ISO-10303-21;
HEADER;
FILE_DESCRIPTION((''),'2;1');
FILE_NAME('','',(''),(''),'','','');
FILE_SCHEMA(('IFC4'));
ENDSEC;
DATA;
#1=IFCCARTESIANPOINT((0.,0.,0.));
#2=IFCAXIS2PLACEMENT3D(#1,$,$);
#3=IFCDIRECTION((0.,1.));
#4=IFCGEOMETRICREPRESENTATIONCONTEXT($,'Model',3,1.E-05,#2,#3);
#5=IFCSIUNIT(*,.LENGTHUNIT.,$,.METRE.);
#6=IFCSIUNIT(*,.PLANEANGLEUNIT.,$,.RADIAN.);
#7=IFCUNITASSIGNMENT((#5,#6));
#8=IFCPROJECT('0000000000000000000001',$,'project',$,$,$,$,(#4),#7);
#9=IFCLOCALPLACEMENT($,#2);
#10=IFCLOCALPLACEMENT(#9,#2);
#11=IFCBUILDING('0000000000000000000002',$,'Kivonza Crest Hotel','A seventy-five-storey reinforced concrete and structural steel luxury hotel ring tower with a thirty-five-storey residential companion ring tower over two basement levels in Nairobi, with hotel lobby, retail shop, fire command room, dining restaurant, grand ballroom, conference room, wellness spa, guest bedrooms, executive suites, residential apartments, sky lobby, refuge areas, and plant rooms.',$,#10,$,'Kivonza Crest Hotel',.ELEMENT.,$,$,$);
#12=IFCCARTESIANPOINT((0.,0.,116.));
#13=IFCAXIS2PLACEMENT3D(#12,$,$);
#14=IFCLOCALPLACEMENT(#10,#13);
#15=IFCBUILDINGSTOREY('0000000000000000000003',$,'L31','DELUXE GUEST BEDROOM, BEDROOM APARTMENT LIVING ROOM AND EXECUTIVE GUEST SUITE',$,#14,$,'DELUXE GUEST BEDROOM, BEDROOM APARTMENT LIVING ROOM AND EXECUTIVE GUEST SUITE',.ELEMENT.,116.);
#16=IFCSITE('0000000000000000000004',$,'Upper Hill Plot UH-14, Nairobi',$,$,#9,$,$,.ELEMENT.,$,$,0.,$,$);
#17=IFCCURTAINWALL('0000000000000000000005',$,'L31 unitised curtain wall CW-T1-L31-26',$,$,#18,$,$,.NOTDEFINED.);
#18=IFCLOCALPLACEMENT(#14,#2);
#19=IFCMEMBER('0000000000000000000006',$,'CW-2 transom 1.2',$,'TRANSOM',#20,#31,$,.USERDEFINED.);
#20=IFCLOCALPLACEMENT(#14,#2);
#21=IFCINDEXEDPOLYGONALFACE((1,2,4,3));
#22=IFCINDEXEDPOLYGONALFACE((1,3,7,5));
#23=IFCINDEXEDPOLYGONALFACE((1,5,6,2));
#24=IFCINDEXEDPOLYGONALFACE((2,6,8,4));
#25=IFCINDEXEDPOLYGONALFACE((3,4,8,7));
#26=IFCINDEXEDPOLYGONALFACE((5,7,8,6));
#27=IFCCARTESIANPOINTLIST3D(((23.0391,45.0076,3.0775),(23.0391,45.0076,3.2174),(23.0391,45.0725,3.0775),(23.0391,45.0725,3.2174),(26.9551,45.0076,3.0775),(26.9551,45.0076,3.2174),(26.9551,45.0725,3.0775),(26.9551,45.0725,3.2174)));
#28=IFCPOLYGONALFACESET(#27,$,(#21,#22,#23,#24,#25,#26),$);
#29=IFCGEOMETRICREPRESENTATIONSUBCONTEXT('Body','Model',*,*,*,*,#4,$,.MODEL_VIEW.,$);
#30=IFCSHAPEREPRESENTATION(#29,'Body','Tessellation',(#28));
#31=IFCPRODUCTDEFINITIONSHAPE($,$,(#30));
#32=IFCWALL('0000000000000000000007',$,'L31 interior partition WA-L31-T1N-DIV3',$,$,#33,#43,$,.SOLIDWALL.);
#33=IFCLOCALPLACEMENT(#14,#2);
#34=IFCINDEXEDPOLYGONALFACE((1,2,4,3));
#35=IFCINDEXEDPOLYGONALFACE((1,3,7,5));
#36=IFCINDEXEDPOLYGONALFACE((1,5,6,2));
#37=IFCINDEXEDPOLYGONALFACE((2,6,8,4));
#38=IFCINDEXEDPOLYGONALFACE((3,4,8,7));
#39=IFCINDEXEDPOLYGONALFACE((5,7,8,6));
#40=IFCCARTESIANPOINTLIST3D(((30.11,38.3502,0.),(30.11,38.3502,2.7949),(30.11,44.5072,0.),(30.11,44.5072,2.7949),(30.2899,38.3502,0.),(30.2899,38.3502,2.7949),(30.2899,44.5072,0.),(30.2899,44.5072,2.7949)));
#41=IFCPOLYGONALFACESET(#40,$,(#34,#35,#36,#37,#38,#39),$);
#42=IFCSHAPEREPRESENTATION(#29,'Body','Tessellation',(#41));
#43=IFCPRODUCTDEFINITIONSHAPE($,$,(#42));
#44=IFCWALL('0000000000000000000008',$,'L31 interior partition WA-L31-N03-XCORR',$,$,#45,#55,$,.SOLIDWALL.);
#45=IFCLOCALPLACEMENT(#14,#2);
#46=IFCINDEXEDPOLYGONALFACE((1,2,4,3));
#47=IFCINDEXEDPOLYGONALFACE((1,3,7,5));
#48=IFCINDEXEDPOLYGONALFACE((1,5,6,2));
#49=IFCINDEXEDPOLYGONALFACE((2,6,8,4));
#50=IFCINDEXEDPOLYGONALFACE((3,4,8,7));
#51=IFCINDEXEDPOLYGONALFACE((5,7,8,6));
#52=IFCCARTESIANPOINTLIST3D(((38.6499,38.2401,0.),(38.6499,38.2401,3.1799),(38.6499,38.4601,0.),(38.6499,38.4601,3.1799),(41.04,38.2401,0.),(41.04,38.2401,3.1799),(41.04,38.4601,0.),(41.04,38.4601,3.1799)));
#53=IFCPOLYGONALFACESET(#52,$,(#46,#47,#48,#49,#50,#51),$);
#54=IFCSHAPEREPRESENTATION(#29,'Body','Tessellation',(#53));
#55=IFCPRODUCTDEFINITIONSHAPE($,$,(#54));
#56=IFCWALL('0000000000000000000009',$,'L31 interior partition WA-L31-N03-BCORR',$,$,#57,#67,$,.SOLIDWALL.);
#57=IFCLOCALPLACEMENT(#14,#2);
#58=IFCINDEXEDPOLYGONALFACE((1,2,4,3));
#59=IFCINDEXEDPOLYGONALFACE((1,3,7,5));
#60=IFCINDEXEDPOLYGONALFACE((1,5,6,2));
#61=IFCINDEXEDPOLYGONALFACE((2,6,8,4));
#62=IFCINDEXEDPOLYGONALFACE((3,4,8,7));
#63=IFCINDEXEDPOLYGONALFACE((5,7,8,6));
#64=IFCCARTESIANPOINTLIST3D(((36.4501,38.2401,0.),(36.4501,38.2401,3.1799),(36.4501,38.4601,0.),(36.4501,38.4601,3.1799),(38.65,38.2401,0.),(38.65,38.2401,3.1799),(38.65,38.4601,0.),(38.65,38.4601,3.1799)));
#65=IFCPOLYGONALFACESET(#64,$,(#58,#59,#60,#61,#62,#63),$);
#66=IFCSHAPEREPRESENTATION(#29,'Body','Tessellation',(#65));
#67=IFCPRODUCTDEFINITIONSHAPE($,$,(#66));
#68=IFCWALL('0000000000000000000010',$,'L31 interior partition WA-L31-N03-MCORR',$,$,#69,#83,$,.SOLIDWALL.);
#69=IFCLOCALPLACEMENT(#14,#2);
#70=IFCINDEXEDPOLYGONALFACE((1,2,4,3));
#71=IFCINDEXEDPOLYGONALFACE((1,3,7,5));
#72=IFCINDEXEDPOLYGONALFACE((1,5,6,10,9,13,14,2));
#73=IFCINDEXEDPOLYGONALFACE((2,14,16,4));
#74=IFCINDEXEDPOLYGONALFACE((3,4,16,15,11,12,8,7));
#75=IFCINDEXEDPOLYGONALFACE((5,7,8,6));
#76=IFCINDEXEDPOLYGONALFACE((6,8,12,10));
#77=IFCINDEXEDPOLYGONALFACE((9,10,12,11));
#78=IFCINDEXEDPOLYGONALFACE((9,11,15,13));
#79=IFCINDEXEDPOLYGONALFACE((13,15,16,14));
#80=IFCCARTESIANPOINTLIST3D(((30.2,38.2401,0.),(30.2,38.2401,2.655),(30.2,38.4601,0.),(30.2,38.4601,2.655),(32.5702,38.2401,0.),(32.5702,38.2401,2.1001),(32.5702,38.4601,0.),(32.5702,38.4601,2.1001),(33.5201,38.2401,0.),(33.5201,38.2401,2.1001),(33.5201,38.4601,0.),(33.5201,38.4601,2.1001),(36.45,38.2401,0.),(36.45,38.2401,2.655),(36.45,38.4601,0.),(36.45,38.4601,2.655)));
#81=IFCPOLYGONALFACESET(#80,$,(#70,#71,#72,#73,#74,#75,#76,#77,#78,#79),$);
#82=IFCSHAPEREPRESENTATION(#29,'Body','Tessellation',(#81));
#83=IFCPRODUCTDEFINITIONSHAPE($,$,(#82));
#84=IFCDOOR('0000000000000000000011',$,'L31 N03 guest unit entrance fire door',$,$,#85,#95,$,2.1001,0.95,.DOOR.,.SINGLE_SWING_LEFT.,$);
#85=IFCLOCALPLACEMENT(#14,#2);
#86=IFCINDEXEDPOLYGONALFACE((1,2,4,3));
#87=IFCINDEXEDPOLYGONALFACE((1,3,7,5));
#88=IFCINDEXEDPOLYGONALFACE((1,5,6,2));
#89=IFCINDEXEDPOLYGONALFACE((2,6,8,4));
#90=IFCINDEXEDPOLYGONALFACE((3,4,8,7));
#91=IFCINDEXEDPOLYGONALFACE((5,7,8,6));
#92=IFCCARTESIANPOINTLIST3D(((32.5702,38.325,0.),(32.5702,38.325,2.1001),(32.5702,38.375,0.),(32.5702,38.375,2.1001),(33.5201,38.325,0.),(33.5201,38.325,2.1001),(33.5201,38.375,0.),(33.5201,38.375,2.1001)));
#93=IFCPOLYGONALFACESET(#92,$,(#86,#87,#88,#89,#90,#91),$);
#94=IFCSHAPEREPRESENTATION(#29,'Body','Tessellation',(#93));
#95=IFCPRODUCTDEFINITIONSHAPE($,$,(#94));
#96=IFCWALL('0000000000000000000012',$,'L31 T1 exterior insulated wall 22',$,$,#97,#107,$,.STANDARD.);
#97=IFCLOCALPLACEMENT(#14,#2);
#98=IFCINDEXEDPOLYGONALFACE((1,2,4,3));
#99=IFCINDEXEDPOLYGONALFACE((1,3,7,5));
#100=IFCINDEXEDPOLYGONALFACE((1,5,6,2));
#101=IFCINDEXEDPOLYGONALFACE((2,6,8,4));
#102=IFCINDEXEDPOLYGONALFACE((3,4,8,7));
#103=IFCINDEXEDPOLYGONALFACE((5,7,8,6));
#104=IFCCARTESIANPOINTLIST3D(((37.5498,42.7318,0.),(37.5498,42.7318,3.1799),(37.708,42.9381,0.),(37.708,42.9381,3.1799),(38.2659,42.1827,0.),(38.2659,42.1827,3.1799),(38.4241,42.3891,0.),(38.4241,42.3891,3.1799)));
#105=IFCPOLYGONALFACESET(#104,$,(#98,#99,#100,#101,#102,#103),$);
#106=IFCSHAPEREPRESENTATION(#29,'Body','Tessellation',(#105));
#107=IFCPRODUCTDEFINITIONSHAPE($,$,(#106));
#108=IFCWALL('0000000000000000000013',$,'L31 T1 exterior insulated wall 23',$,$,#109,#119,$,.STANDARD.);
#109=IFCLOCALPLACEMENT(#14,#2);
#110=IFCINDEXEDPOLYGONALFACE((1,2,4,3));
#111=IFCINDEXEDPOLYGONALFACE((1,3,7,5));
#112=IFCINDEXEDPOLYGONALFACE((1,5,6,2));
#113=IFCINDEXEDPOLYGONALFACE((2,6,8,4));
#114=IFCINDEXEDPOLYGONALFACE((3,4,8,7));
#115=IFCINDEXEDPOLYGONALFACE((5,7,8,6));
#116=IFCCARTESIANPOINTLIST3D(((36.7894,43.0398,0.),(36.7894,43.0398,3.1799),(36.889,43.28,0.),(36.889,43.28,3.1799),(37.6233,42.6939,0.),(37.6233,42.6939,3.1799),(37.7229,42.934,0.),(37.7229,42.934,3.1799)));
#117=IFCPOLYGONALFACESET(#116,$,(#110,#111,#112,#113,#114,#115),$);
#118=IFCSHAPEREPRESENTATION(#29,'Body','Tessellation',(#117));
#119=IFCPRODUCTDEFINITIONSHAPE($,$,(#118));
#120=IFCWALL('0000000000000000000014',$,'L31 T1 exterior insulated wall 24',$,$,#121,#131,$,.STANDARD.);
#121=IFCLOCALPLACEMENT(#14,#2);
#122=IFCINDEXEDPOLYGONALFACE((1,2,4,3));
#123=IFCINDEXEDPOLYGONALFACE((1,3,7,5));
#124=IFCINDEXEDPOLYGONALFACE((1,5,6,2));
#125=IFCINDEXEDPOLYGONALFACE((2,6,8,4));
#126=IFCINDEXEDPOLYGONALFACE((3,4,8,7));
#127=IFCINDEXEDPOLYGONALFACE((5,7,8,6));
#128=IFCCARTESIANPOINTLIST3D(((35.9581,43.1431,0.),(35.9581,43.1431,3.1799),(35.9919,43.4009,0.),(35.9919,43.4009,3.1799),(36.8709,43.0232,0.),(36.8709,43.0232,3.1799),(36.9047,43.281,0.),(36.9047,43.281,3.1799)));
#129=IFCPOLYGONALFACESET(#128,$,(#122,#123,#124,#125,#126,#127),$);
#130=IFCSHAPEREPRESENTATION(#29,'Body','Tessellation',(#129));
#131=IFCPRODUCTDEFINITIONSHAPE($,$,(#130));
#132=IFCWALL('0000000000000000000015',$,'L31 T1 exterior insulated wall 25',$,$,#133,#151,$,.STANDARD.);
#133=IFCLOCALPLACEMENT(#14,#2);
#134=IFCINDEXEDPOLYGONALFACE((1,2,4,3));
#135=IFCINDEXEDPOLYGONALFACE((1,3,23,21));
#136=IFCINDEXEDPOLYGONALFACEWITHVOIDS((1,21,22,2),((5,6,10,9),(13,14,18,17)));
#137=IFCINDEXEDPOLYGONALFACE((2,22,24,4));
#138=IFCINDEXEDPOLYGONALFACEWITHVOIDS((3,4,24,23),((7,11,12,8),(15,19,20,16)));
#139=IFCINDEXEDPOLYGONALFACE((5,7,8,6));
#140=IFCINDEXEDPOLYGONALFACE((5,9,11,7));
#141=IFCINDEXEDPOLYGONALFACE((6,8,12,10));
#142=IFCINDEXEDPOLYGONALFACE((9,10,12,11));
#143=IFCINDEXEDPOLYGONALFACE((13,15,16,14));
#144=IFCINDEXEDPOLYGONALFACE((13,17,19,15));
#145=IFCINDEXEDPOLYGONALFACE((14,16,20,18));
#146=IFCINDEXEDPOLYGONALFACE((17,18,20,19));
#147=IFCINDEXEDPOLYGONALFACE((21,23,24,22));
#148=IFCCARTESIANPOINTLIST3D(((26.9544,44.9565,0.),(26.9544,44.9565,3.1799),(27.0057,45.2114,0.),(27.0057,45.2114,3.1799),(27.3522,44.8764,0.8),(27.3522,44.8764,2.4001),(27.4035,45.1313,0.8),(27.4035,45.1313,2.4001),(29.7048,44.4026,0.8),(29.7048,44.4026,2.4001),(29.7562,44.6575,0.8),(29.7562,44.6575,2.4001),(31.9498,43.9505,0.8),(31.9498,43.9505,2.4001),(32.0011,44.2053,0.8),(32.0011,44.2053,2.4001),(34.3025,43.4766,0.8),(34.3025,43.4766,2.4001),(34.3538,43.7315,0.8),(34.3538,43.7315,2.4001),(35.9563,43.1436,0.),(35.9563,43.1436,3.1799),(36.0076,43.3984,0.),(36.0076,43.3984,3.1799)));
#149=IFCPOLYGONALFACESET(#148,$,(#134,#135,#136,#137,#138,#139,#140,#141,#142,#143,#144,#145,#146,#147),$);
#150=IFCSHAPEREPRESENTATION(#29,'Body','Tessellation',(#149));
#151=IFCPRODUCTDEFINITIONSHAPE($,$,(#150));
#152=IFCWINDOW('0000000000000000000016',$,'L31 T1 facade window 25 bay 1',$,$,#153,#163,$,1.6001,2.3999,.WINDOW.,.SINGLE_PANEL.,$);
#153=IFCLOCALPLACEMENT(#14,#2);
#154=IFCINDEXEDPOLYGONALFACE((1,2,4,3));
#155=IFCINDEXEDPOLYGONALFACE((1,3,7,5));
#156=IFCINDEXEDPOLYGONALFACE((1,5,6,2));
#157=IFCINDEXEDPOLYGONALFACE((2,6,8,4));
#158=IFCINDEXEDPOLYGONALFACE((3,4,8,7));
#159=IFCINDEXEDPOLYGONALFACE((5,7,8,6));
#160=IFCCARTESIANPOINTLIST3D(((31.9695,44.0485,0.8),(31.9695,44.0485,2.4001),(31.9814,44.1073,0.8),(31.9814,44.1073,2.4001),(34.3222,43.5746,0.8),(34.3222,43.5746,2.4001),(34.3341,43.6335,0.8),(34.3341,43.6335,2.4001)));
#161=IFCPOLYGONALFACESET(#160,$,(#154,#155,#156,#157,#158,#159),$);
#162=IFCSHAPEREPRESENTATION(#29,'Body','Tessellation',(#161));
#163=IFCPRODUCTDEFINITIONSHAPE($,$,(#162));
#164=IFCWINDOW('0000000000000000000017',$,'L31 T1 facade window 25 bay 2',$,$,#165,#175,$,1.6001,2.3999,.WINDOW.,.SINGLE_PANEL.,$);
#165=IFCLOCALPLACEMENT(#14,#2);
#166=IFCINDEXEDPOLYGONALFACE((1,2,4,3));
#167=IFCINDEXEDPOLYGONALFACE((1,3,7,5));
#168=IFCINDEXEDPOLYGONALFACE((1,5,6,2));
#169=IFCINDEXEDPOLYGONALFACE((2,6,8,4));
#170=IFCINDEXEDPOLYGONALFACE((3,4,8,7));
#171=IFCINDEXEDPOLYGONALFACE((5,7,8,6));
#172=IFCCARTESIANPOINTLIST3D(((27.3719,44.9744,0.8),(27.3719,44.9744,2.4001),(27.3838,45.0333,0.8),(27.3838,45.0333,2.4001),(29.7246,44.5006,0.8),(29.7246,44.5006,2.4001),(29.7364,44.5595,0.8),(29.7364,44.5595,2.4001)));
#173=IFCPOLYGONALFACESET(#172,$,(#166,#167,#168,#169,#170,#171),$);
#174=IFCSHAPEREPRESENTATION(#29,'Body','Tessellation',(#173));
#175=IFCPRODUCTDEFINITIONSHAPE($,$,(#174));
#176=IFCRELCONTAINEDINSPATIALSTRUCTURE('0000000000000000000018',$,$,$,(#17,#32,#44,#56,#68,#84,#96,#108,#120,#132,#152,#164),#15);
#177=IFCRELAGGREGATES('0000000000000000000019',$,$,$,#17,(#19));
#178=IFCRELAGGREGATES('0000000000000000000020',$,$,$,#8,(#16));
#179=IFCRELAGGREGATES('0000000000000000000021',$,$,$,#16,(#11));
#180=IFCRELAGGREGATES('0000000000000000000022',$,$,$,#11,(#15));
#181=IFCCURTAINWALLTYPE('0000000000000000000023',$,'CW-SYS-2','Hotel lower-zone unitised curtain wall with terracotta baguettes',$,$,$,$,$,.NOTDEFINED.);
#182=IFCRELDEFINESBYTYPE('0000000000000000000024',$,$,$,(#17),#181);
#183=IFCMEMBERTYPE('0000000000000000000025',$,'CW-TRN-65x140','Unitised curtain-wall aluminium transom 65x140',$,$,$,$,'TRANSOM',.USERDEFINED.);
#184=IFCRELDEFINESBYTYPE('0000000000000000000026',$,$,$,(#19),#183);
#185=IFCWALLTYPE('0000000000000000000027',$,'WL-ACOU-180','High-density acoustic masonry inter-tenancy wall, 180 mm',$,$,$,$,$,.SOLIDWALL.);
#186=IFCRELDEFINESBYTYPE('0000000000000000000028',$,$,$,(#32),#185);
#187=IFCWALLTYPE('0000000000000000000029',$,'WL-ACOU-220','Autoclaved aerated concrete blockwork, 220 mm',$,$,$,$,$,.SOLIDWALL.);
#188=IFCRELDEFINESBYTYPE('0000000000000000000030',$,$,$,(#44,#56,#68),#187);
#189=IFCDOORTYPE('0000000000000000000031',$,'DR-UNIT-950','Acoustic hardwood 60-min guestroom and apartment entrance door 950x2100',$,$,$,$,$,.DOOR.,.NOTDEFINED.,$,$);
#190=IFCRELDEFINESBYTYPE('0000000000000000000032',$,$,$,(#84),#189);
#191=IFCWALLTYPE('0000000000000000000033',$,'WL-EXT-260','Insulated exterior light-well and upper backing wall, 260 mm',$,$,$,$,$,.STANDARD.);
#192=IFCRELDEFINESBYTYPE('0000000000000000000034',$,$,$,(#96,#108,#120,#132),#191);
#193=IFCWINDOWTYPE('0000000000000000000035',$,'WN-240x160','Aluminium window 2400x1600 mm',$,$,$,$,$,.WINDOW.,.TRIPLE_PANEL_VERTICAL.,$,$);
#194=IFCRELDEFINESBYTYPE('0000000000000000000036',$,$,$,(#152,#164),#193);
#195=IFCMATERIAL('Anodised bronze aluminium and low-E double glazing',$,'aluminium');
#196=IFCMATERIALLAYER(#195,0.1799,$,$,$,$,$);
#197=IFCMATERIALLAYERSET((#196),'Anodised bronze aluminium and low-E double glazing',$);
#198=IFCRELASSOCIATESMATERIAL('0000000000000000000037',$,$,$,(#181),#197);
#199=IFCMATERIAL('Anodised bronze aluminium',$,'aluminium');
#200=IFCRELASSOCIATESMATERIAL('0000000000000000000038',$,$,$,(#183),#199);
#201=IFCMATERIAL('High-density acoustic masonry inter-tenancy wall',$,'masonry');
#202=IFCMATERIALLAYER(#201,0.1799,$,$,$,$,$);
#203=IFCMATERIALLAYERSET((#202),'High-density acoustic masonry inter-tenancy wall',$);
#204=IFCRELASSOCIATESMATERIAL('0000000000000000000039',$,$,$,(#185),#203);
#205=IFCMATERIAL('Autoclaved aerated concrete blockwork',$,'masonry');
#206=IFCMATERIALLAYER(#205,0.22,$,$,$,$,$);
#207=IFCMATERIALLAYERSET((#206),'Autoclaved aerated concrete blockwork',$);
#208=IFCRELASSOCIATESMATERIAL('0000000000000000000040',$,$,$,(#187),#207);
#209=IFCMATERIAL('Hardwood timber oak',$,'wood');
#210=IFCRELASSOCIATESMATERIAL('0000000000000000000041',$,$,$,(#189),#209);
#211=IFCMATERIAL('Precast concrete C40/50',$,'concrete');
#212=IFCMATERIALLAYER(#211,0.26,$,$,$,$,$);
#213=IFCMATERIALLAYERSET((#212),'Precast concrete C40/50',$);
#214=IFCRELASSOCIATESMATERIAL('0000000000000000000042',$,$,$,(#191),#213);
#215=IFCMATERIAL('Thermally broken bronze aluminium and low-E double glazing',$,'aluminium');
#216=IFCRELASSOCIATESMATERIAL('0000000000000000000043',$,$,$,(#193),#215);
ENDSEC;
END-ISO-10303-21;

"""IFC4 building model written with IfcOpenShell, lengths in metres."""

from ifc_helpers import new_model, si_unit, direction, frame, frame_2d, origin, origin_2d, place, context, subcontext, project, spatial, rectangle, extrude, material, layer, layer_set, material_profile, profile_set, type_object, element, fill, aggregate, save


model = new_model("IFC4")

# Units and contexts
model_context = context("Model", 3, precision=1e-05, world=origin(), true_north=direction((0.0, 1.0)))
body_context = subcontext(model_context, "Body", "Model", "MODEL_VIEW")
ifc_project = project(units=[si_unit("LENGTHUNIT", "METRE"), si_unit("PLANEANGLEUNIT", "RADIAN")], contexts=[model_context])

# Site, building, storey
site_placement = place(None, origin())
site = spatial("IfcSite", under=ifc_project, at=site_placement, Name="Upper Hill Plot UH-14, Nairobi", CompositionType="ELEMENT", RefElevation=0.0)
building_placement = place(site_placement, origin())
building = spatial("IfcBuilding", under=site, at=building_placement, Name="Kivonza Crest Hotel", Description="A seventy-five-storey reinforced concrete and structural steel luxury hotel ring tower with a thirty-five-storey residential companion ring tower over two basement levels in Nairobi, with hotel lobby, retail shop, fire command room, dining restaurant, grand ballroom, conference room, wellness spa, guest bedrooms, executive suites, residential apartments, sky lobby, refuge areas, and plant rooms.", LongName="Kivonza Crest Hotel", CompositionType="ELEMENT")
storey_placement = place(building_placement, frame((0.0, 0.0, 116.0)))
storey = spatial("IfcBuildingStorey", under=building, at=storey_placement, Name="L31", Description="DELUXE GUEST BEDROOM, BEDROOM APARTMENT LIVING ROOM AND EXECUTIVE GUEST SUITE", LongName="DELUXE GUEST BEDROOM, BEDROOM APARTMENT LIVING ROOM AND EXECUTIVE GUEST SUITE", CompositionType="ELEMENT", Elevation=116.0)

# Curtain wall, member
ifc_material_1 = material(Name="Anodised bronze aluminium and low-E double glazing", Category="aluminium")
ifc_layer_1 = layer(ifc_material_1, 0.1799)
ifc_layer_set_1 = layer_set([ifc_layer_1], Name="Anodised bronze aluminium and low-E double glazing")
curtain_wall_type = type_object("IfcCurtainWallType", Name="CW-SYS-2", Description="Hotel lower-zone unitised curtain wall with terracotta baguettes", PredefinedType="NOTDEFINED", material=ifc_layer_set_1)
curtain_wall_placement = place(storey_placement, origin())
curtain_wall = element("IfcCurtainWall", 1, at=curtain_wall_placement, inside=storey, type_object=curtain_wall_type, Name="L31 unitised curtain wall CW-T1-L31-26", PredefinedType="NOTDEFINED")
ifc_material_2 = material(Name="Anodised bronze aluminium", Category="aluminium")
ifc_material_profile_1 = material_profile(ifc_material_2, rectangle(XDim=0.0649, YDim=0.1399, at=origin_2d()), Name="CW-T 65x140")
ifc_profile_set_1 = profile_set([ifc_material_profile_1], Name="Anodised bronze aluminium")
member_type_1 = type_object("IfcMemberType", Name="CW-TRN-65x140", Description="Unitised curtain-wall aluminium transom 65x140", ElementType="TRANSOM", PredefinedType="USERDEFINED", material=ifc_profile_set_1)
member_1_placement = place(storey_placement, frame((26.9551, 45.04, 3.1475), z_axis=(-1.0, 0.0, 0.0), x_axis=(0.0, -1.0, 0.0)))
member_1 = element("IfcMember", 2, at=member_1_placement, type_object=member_type_1, Name="CW-2 transom 1.2", ObjectType="TRANSOM", PredefinedType="USERDEFINED", context=body_context, shape_type="SweptSolid", body=[
    extrude(rectangle(XDim=0.0649, YDim=0.1399, at=origin_2d()), origin(), (0.0, 0.0, 1.0), 3.916),
])
aggregate(curtain_wall, [member_1])

# Walls
ifc_material_3 = material(Name="High-density acoustic masonry inter-tenancy wall", Category="masonry")
ifc_layer_2 = layer(ifc_material_3, 0.1799)
ifc_layer_set_2 = layer_set([ifc_layer_2], Name="High-density acoustic masonry inter-tenancy wall")
wall_type_1 = type_object("IfcWallType", Name="WL-ACOU-180", Description="High-density acoustic masonry inter-tenancy wall, 180 mm", PredefinedType="SOLIDWALL", material=ifc_layer_set_2)
wall_1_placement = place(storey_placement, frame((30.2, 38.3501, 0.0), z_axis=(0.0, 0.0, 1.0), x_axis=(0.0, 1.0, 0.0)))
element("IfcWall", 3, at=wall_1_placement, inside=storey, type_object=wall_type_1, Name="L31 interior partition WA-L31-T1N-DIV3", PredefinedType="SOLIDWALL", context=body_context, shape_type="SweptSolid", body=[
    extrude(rectangle(XDim=6.157, YDim=0.1799, at=frame_2d((3.0786, 0.0))), origin(), (0.0, 0.0, 1.0), 2.7949),
])
ifc_material_4 = material(Name="Autoclaved aerated concrete blockwork", Category="masonry")
ifc_layer_3 = layer(ifc_material_4, 0.22)
ifc_layer_set_3 = layer_set([ifc_layer_3], Name="Autoclaved aerated concrete blockwork")
wall_type_2 = type_object("IfcWallType", Name="WL-ACOU-220", Description="Autoclaved aerated concrete blockwork, 220 mm", PredefinedType="SOLIDWALL", material=ifc_layer_set_3)
wall_2_placement = place(storey_placement, frame((38.6499, 38.3501, 0.0), z_axis=(0.0, 0.0, 1.0), x_axis=(1.0, 0.0, 0.0)))
element("IfcWall", 4, at=wall_2_placement, inside=storey, type_object=wall_type_2, Name="L31 interior partition WA-L31-N03-XCORR", PredefinedType="SOLIDWALL", context=body_context, shape_type="SweptSolid", body=[
    extrude(rectangle(XDim=2.3901, YDim=0.22, at=frame_2d((1.1951, 0.0))), origin(), (0.0, 0.0, 1.0), 3.1799),
])
wall_3_placement = place(storey_placement, frame((36.45, 38.3501, 0.0), z_axis=(0.0, 0.0, 1.0), x_axis=(1.0, 0.0, 0.0)))
element("IfcWall", 5, at=wall_3_placement, inside=storey, type_object=wall_type_2, Name="L31 interior partition WA-L31-N03-BCORR", PredefinedType="SOLIDWALL", context=body_context, shape_type="SweptSolid", body=[
    extrude(rectangle(XDim=2.2, YDim=0.22, at=frame_2d((1.1001, 0.0))), origin(), (0.0, 0.0, 1.0), 3.1799),
])

# Wall, opening, door
wall_4_placement = place(storey_placement, frame((30.2, 38.3501, 0.0), z_axis=(0.0, 0.0, 1.0), x_axis=(1.0, 0.0, 0.0)))
wall_4 = element("IfcWall", 6, at=wall_4_placement, inside=storey, type_object=wall_type_2, Name="L31 interior partition WA-L31-N03-MCORR", PredefinedType="SOLIDWALL", context=body_context, shape_type="SweptSolid", body=[
    extrude(rectangle(XDim=6.25, YDim=0.22, at=frame_2d((3.125, 0.0))), origin(), (0.0, 0.0, 1.0), 2.655),
])
opening_1_placement = place(wall_4_placement, frame((2.3701, 0.0, 0.0)))
opening_1 = element("IfcOpeningElement", 7, at=opening_1_placement, cuts=wall_4, PredefinedType="OPENING", context=body_context, shape_type="SweptSolid", body=[
    extrude(rectangle(XDim=0.95, YDim=2.1001, at=frame_2d((0.4751, 1.05))), frame((0.0, 0.1201, 0.0), z_axis=(0.0, -1.0, 0.0), x_axis=(1.0, 0.0, 0.0)), (0.0, 0.0, 1.0), 0.24),
])
ifc_material_5 = material(Name="Hardwood timber oak", Category="wood")
door_type_1 = type_object("IfcDoorType", Name="DR-UNIT-950", Description="Acoustic hardwood 60-min guestroom and apartment entrance door 950x2100", OperationType="NOTDEFINED", PredefinedType="DOOR", material=ifc_material_5)
door_1_placement = place(opening_1_placement, origin())
door_1 = element("IfcDoor", 8, at=door_1_placement, inside=storey, type_object=door_type_1, Name="L31 N03 guest unit entrance fire door", OperationType="SINGLE_SWING_LEFT", OverallHeight=2.1001, OverallWidth=0.95, PredefinedType="DOOR", context=body_context, shape_type="SweptSolid", body=[
    extrude(rectangle(XDim=0.95, YDim=2.1001, at=frame_2d((0.4751, 1.05))), frame((0.0, 0.0249, 0.0), z_axis=(0.0, -1.0, 0.0), x_axis=(1.0, 0.0, 0.0)), (0.0, 0.0, 1.0), 0.05),
])
fill(opening_1, door_1)

# Walls
ifc_material_6 = material(Name="Precast concrete C40/50", Category="concrete")
ifc_layer_4 = layer(ifc_material_6, 0.26)
ifc_layer_set_4 = layer_set([ifc_layer_4], Name="Precast concrete C40/50")
wall_type_3 = type_object("IfcWallType", Name="WL-EXT-260", Description="Insulated exterior light-well and upper backing wall, 260 mm", PredefinedType="STANDARD", material=ifc_layer_set_4)
wall_5_placement = place(storey_placement, frame((38.345, 42.2859, 0.0), z_axis=(0.0, 0.0, 1.0), x_axis=(-0.793558, 0.608494, 0.0)))
element("IfcWall", 9, at=wall_5_placement, inside=storey, type_object=wall_type_3, Name="L31 T1 exterior insulated wall 22", PredefinedType="STANDARD", context=body_context, shape_type="SweptSolid", body=[
    extrude(rectangle(XDim=0.9023, YDim=0.26, at=frame_2d((0.4512, 0.0))), origin(), (0.0, 0.0, 1.0), 3.1799),
])
wall_6_placement = place(storey_placement, frame((37.6731, 42.814, 0.0), z_axis=(0.0, 0.0, 1.0), x_axis=(-0.923684, 0.383156, 0.0)))
element("IfcWall", 10, at=wall_6_placement, inside=storey, type_object=wall_type_3, Name="L31 T1 exterior insulated wall 23", PredefinedType="STANDARD", context=body_context, shape_type="SweptSolid", body=[
    extrude(rectangle(XDim=0.9028, YDim=0.26, at=frame_2d((0.4514, 0.0))), origin(), (0.0, 0.0, 1.0), 3.1799),
])
wall_7_placement = place(storey_placement, frame((36.8879, 43.1521, 0.0), z_axis=(0.0, 0.0, 1.0), x_axis=(-0.991488, 0.130201, 0.0)))
element("IfcWall", 11, at=wall_7_placement, inside=storey, type_object=wall_type_3, Name="L31 T1 exterior insulated wall 24", PredefinedType="STANDARD", context=body_context, shape_type="SweptSolid", body=[
    extrude(rectangle(XDim=0.9207, YDim=0.26, at=frame_2d((0.4604, 0.0))), origin(), (0.0, 0.0, 1.0), 3.1799),
])

# Wall, openings, windows
wall_8_placement = place(storey_placement, frame((35.9819, 43.271, 0.0), z_axis=(0.0, 0.0, 1.0), x_axis=(-0.980316, 0.197435, 0.0)))
wall_8 = element("IfcWall", 12, at=wall_8_placement, inside=storey, type_object=wall_type_3, Name="L31 T1 exterior insulated wall 25", PredefinedType="STANDARD", context=body_context, shape_type="SweptSolid", body=[
    extrude(rectangle(XDim=9.1826, YDim=0.26, at=frame_2d((4.5913, 0.0))), origin(), (0.0, 0.0, 1.0), 3.1799),
])
opening_2_placement = place(wall_8_placement, frame((1.687, 0.0, 0.8)))
opening_2 = element("IfcOpeningElement", 13, at=opening_2_placement, cuts=wall_8, PredefinedType="OPENING", context=body_context, shape_type="SweptSolid", body=[
    extrude(rectangle(XDim=2.3999, YDim=1.6001, at=frame_2d((1.2, 0.8))), frame((0.0, 0.1401, 0.0), z_axis=(0.0, -1.0, 0.0), x_axis=(1.0, 0.0, 0.0)), (0.0, 0.0, 1.0), 0.28),
])
opening_3_placement = place(wall_8_placement, frame((6.377, 0.0, 0.8)))
opening_3 = element("IfcOpeningElement", 14, at=opening_3_placement, cuts=wall_8, PredefinedType="OPENING", context=body_context, shape_type="SweptSolid", body=[
    extrude(rectangle(XDim=2.3999, YDim=1.6001, at=frame_2d((1.2, 0.8))), frame((0.0, 0.1401, 0.0), z_axis=(0.0, -1.0, 0.0), x_axis=(1.0, 0.0, 0.0)), (0.0, 0.0, 1.0), 0.28),
])
ifc_material_7 = material(Name="Thermally broken bronze aluminium and low-E double glazing", Category="aluminium")
window_type = type_object("IfcWindowType", Name="WN-240x160", Description="Aluminium window 2400x1600 mm", PartitioningType="TRIPLE_PANEL_VERTICAL", PredefinedType="WINDOW", material=ifc_material_7)
window_1_placement = place(opening_2_placement, origin())
window_1 = element("IfcWindow", 15, at=window_1_placement, inside=storey, type_object=window_type, Name="L31 T1 facade window 25 bay 1", OverallHeight=1.6001, OverallWidth=2.3999, PartitioningType="SINGLE_PANEL", PredefinedType="WINDOW", context=body_context, shape_type="SweptSolid", body=[
    extrude(rectangle(XDim=2.3999, YDim=1.6001, at=frame_2d((1.2, 0.8))), frame((0.0, 0.03, 0.0), z_axis=(0.0, -1.0, 0.0), x_axis=(1.0, 0.0, 0.0)), (0.0, 0.0, 1.0), 0.0601),
])
fill(opening_2, window_1)
window_2_placement = place(opening_3_placement, origin())
window_2 = element("IfcWindow", 16, at=window_2_placement, inside=storey, type_object=window_type, Name="L31 T1 facade window 25 bay 2", OverallHeight=1.6001, OverallWidth=2.3999, PartitioningType="SINGLE_PANEL", PredefinedType="WINDOW", context=body_context, shape_type="SweptSolid", body=[
    extrude(rectangle(XDim=2.3999, YDim=1.6001, at=frame_2d((1.2, 0.8))), frame((0.0, 0.03, 0.0), z_axis=(0.0, -1.0, 0.0), x_axis=(1.0, 0.0, 0.0)), (0.0, 0.0, 1.0), 0.0601),
])
fill(opening_3, window_2)

save(model, "model.ifc")
